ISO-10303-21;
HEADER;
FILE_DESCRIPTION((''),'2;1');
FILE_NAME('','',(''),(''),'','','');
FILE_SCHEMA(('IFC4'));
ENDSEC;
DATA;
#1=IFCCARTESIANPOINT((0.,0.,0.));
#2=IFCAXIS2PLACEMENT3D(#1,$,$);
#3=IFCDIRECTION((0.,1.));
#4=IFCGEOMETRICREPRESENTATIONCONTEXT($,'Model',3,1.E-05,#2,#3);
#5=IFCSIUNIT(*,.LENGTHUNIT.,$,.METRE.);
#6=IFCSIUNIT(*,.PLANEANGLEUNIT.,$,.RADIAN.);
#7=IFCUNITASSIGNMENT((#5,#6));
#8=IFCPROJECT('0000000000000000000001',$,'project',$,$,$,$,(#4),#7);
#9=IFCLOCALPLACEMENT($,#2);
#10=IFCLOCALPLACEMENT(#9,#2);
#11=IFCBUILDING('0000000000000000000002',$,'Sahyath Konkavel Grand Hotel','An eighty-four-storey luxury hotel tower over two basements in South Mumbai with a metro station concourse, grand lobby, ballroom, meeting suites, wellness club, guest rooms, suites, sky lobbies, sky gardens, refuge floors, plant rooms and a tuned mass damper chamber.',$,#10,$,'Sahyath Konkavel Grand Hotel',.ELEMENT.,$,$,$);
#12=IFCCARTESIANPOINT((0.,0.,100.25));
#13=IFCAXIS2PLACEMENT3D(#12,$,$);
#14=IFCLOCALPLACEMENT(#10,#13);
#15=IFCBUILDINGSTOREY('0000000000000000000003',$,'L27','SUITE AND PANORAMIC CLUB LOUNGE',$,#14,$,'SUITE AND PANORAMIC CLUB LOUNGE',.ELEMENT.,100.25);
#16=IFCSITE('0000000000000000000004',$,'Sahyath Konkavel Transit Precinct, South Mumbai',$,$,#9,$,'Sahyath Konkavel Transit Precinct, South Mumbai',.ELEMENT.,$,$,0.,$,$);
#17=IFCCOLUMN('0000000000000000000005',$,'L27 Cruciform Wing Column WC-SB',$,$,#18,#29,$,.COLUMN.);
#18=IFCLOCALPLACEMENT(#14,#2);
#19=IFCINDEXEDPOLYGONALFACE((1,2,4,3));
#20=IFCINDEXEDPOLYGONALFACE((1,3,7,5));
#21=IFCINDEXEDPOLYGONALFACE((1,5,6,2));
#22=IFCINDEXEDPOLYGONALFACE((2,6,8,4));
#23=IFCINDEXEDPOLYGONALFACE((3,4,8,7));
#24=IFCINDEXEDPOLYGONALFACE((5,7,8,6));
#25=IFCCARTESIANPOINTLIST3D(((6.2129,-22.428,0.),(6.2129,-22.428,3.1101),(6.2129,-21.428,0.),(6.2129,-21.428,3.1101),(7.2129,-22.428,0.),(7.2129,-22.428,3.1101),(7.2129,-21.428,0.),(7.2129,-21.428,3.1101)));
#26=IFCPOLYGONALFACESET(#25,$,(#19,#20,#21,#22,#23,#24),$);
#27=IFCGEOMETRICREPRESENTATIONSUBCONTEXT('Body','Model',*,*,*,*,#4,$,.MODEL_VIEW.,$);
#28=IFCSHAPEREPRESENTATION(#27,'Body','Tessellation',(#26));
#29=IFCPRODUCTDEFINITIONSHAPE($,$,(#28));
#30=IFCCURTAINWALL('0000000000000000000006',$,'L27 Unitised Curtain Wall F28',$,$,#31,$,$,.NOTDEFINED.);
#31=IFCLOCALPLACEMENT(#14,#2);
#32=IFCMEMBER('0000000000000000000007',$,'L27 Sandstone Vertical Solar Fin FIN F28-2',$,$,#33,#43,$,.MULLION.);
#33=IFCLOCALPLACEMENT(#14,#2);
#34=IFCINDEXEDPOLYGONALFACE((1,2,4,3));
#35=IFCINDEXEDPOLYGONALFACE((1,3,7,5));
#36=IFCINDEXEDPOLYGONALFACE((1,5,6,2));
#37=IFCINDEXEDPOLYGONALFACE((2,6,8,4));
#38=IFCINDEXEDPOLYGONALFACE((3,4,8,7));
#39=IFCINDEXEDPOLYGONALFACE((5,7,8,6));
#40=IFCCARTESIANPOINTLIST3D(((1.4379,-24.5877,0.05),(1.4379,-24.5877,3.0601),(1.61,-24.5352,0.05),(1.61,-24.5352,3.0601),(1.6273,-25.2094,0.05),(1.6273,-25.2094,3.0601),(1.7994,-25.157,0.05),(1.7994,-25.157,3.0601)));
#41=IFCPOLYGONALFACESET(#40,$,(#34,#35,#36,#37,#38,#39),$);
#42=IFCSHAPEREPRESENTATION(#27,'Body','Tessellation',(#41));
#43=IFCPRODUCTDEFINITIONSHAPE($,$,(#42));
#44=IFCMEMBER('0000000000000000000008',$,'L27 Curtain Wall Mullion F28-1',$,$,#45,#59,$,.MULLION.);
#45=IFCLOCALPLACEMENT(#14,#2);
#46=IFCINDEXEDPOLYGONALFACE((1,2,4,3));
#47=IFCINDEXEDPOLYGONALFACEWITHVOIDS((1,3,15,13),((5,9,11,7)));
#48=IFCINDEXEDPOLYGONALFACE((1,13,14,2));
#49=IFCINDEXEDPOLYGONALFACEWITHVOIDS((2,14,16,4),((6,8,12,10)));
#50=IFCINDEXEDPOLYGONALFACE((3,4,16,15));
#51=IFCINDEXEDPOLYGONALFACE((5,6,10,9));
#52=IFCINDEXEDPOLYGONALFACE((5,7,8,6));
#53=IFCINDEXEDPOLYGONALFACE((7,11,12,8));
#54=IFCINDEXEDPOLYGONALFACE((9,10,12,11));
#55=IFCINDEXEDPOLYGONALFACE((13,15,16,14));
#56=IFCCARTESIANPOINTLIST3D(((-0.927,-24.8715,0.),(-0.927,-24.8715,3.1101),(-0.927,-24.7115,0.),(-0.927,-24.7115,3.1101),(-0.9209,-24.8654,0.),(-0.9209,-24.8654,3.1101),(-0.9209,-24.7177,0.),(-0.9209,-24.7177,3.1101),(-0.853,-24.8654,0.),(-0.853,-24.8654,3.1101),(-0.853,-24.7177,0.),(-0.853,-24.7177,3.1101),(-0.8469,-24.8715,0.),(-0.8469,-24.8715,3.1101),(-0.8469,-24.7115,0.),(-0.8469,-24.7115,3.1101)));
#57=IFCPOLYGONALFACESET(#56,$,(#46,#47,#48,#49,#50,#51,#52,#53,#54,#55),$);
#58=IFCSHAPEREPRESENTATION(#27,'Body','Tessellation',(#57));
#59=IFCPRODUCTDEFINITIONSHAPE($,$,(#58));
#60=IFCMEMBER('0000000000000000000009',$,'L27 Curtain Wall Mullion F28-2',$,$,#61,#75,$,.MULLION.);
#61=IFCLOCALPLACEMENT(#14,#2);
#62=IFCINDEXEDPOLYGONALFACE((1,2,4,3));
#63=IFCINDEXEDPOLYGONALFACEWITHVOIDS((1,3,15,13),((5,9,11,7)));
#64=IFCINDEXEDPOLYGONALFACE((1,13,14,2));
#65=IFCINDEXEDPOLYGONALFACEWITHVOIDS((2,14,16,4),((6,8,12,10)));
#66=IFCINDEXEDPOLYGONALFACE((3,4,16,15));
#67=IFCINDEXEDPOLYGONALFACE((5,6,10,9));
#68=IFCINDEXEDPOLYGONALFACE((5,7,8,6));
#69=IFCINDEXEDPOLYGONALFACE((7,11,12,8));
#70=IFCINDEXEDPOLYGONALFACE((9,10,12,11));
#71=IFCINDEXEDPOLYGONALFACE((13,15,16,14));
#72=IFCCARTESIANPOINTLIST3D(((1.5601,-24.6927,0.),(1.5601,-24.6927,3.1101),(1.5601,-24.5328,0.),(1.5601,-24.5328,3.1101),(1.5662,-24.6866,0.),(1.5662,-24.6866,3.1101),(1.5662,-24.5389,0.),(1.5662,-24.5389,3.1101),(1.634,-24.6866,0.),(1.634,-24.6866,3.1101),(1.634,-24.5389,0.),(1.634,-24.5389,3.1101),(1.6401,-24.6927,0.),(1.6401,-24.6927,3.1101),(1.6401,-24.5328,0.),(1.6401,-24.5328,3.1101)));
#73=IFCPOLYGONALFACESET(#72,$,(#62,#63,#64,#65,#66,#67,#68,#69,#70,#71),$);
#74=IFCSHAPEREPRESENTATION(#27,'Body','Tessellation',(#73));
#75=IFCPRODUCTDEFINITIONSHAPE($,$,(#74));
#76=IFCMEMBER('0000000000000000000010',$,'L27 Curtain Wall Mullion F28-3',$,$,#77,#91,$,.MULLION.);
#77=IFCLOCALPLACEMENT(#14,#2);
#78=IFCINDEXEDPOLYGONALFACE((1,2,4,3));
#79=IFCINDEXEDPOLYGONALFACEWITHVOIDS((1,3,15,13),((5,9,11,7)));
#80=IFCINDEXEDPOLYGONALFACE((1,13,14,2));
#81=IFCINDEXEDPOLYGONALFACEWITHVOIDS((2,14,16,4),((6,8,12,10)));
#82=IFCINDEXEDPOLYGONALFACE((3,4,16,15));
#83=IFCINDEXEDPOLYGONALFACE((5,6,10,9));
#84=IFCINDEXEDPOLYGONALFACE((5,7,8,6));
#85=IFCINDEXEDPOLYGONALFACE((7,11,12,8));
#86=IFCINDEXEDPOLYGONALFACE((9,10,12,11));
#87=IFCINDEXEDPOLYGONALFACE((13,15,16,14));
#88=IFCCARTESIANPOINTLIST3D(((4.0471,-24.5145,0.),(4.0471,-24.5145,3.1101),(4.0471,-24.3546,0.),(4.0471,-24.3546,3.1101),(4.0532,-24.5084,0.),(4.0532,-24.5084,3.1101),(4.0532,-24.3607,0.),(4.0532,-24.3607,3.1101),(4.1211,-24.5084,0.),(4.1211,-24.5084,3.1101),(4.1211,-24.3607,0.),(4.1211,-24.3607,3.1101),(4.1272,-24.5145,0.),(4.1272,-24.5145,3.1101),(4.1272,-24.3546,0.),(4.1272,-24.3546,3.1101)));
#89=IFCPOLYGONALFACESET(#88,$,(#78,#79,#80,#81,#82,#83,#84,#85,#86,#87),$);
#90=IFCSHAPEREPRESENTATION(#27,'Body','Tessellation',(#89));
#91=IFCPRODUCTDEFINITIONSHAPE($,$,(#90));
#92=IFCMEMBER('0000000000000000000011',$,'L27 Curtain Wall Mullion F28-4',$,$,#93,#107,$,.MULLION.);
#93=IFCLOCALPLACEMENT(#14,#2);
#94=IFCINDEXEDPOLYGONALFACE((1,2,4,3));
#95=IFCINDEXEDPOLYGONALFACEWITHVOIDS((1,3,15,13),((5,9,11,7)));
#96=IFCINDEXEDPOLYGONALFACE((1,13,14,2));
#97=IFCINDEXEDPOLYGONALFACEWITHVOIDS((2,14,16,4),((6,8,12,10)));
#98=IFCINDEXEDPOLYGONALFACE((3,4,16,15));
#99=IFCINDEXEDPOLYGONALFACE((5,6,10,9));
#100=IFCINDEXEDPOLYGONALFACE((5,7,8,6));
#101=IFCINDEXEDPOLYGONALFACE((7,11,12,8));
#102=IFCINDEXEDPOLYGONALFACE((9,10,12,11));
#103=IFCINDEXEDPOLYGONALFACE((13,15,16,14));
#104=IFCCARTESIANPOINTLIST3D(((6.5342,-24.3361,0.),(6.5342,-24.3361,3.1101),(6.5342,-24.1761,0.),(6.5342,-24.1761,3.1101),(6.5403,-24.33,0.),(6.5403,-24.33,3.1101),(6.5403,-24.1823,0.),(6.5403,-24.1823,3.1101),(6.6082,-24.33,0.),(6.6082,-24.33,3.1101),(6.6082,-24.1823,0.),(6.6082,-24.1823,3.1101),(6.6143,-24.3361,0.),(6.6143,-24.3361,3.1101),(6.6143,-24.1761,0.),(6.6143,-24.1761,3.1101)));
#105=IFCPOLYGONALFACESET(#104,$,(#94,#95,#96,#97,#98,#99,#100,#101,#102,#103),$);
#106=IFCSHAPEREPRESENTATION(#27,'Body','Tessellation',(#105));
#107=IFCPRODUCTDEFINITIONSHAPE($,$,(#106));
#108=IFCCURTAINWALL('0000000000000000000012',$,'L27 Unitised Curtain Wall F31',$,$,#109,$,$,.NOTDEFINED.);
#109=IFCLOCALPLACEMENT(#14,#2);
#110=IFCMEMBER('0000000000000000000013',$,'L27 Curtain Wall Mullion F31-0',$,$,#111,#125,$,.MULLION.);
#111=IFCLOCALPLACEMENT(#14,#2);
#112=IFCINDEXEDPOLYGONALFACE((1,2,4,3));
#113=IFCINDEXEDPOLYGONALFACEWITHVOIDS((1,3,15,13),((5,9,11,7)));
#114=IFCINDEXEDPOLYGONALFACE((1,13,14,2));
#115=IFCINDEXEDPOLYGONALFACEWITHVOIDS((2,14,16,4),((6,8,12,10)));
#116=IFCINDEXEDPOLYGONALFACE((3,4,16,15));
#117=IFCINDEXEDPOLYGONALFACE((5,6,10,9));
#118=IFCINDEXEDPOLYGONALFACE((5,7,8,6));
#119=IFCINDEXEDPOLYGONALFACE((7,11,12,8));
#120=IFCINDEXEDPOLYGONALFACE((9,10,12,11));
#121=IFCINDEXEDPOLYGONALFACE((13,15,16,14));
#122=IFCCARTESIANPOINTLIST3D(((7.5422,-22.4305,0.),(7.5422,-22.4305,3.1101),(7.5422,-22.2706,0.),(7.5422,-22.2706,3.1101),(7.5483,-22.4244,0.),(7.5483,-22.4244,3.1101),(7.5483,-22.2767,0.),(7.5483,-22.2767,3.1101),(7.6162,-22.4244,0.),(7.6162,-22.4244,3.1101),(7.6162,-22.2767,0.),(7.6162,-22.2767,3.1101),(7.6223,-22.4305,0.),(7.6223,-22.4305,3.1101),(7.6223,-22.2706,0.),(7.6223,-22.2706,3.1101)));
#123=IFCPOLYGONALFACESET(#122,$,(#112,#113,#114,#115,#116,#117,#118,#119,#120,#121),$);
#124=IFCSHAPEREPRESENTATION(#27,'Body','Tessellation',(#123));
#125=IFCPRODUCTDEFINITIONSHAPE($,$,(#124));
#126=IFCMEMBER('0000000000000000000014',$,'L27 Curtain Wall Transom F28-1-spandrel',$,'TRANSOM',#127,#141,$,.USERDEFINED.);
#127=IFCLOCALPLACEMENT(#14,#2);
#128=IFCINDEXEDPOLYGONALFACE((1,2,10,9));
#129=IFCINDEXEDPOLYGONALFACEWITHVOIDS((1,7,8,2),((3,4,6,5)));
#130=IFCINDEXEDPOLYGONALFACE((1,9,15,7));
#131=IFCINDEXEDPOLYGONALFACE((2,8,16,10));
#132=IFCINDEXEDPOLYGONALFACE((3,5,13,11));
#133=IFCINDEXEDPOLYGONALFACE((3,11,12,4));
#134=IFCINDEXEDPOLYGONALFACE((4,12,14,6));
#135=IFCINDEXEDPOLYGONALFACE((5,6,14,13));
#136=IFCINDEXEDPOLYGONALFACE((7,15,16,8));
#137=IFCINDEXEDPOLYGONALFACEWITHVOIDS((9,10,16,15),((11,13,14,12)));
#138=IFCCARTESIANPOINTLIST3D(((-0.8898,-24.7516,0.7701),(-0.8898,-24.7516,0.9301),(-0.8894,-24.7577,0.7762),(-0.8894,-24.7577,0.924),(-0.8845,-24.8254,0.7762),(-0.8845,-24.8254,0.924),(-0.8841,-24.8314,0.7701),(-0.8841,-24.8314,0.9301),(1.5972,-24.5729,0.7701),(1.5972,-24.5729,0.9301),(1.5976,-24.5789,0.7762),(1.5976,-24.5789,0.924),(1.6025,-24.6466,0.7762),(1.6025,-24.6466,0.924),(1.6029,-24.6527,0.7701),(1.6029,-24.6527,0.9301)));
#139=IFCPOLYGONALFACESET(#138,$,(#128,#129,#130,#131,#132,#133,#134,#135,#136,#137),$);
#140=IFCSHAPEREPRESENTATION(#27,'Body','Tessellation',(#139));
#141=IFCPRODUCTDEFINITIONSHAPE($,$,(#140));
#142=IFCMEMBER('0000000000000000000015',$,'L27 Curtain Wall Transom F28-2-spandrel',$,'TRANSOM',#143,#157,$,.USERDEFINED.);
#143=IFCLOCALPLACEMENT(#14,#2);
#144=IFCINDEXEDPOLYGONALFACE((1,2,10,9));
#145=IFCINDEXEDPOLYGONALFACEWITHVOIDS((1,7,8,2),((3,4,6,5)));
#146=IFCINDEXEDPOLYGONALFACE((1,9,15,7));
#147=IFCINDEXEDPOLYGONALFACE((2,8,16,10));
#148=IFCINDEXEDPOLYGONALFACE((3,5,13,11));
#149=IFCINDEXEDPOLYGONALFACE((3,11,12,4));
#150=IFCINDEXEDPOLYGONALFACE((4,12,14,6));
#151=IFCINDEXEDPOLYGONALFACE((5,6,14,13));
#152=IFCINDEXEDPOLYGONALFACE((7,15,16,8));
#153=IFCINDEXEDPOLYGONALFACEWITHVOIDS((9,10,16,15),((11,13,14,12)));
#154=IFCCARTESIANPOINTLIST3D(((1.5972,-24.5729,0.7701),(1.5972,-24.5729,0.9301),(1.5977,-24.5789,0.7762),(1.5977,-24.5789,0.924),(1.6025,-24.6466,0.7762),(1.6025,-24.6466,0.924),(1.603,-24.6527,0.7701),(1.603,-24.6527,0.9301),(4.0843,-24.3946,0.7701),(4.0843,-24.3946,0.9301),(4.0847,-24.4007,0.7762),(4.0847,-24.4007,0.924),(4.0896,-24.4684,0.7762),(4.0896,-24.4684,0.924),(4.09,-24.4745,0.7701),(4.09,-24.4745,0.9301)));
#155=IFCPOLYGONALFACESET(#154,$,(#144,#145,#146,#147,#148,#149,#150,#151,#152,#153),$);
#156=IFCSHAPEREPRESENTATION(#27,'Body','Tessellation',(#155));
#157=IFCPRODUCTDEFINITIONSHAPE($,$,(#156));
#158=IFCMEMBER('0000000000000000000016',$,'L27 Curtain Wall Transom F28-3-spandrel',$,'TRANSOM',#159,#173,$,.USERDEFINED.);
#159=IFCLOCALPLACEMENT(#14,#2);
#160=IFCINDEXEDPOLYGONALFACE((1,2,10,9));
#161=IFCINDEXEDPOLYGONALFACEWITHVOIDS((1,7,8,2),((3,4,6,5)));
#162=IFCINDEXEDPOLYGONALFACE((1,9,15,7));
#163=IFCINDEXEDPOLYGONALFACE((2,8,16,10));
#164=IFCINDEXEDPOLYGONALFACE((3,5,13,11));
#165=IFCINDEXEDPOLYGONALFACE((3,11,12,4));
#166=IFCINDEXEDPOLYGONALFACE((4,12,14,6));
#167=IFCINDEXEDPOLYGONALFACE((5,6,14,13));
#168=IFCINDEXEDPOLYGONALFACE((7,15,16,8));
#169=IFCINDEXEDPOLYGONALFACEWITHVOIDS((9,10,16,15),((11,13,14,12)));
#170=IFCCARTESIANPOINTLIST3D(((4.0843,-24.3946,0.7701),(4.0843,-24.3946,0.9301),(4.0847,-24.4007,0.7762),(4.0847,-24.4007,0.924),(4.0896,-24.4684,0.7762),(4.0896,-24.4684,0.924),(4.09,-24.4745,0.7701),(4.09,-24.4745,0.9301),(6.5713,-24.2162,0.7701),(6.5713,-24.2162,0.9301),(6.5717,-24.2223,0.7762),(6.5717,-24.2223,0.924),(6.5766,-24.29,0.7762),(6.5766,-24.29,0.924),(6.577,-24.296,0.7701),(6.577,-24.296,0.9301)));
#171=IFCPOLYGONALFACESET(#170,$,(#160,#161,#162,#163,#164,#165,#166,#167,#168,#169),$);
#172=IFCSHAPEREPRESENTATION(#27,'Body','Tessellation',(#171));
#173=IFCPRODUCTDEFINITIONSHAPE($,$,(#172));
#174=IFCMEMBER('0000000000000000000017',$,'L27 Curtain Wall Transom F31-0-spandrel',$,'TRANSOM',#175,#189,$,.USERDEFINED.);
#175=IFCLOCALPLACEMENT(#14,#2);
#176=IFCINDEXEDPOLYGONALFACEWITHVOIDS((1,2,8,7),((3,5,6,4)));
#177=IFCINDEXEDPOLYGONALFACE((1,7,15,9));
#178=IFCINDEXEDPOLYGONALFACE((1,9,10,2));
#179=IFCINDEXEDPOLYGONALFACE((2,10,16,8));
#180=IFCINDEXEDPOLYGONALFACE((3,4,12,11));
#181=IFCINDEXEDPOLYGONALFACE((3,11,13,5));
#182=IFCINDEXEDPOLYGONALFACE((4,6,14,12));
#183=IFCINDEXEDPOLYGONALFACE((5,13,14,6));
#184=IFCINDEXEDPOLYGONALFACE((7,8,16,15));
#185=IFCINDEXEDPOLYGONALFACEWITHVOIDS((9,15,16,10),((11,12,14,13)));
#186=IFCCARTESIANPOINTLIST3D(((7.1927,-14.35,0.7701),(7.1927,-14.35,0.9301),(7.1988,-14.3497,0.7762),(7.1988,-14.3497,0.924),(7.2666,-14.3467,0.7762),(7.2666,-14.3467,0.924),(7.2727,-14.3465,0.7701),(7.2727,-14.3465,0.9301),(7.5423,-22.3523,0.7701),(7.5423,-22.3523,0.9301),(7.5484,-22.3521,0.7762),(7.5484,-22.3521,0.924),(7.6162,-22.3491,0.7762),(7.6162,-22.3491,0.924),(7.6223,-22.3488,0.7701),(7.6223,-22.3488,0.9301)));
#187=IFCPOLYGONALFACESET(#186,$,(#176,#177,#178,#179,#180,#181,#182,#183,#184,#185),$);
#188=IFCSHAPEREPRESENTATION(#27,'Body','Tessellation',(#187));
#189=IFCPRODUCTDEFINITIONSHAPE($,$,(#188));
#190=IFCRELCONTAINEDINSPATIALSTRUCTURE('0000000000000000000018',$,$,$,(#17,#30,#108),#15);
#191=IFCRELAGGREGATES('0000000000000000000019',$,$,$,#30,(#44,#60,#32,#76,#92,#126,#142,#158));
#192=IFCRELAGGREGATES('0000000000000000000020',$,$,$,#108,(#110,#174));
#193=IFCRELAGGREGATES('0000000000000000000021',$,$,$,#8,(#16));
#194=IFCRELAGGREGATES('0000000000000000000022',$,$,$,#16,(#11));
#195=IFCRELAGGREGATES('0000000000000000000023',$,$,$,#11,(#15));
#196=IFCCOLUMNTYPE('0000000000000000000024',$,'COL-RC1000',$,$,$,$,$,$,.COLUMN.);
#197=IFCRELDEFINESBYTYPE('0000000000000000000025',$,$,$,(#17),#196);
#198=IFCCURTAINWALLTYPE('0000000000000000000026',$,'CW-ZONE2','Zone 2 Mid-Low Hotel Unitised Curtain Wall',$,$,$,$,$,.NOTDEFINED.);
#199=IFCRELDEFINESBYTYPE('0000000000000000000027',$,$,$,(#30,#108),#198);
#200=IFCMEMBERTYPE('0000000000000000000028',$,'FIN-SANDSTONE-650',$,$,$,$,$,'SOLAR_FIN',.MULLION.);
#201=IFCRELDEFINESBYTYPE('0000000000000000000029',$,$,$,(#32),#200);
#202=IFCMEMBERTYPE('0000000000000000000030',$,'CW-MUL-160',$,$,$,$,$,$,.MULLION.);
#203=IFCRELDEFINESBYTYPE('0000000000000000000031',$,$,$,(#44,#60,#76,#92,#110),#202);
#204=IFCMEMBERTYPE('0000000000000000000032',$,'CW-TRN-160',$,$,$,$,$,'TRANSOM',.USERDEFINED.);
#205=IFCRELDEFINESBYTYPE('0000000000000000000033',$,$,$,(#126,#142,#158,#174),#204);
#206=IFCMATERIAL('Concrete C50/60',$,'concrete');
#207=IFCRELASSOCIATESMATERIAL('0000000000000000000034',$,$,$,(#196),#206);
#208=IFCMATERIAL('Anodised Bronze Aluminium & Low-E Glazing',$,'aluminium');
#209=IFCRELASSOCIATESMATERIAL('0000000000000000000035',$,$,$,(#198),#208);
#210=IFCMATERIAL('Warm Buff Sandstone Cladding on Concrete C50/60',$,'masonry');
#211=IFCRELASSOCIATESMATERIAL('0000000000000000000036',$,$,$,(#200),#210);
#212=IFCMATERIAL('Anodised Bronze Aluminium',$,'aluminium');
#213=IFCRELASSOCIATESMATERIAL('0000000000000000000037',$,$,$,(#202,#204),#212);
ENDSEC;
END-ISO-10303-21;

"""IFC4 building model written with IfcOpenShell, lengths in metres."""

from ifc_helpers import new_model, si_unit, direction, frame, origin, origin_2d, place, context, subcontext, project, spatial, rectangle, hollow_rectangle, extrude, source, transform, mapped, material, material_profile, profile_set, type_object, element, aggregate, save


model = new_model("IFC4")

# Units and contexts
model_context = context("Model", 3, precision=1e-05, world=origin(), true_north=direction((0.0, 1.0)))
body_context = subcontext(model_context, "Body", "Model", "MODEL_VIEW")
ifc_project = project(units=[si_unit("LENGTHUNIT", "METRE"), si_unit("PLANEANGLEUNIT", "RADIAN")], contexts=[model_context])

# Site, building, storey
site_placement = place(None, origin())
site = spatial("IfcSite", under=ifc_project, at=site_placement, Name="Sahyath Konkavel Transit Precinct, South Mumbai", LongName="Sahyath Konkavel Transit Precinct, South Mumbai", CompositionType="ELEMENT", RefElevation=0.0)
building_placement = place(site_placement, origin())
building = spatial("IfcBuilding", under=site, at=building_placement, Name="Sahyath Konkavel Grand Hotel", Description="An eighty-four-storey luxury hotel tower over two basements in South Mumbai with a metro station concourse, grand lobby, ballroom, meeting suites, wellness club, guest rooms, suites, sky lobbies, sky gardens, refuge floors, plant rooms and a tuned mass damper chamber.", LongName="Sahyath Konkavel Grand Hotel", CompositionType="ELEMENT")
storey_placement = place(building_placement, frame((0.0, 0.0, 100.25)))
storey = spatial("IfcBuildingStorey", under=building, at=storey_placement, Name="L27", Description="SUITE AND PANORAMIC CLUB LOUNGE", LongName="SUITE AND PANORAMIC CLUB LOUNGE", CompositionType="ELEMENT", Elevation=100.25)

# Column
ifc_material_1 = material(Name="Concrete C50/60", Category="concrete")
ifc_material_profile_1 = material_profile(ifc_material_1, rectangle(XDim=1.0, YDim=1.0, at=origin_2d()), Name="RC 1000x1000")
ifc_profile_set_1 = profile_set([ifc_material_profile_1], Name="Concrete C50/60")
column_type = type_object("IfcColumnType", Name="COL-RC1000", PredefinedType="COLUMN", material=ifc_profile_set_1)
shared_shape_1 = source(origin(), body_context, "Body", "SweptSolid", [
    extrude(rectangle(XDim=1.0, YDim=1.0, at=origin_2d()), origin(), (0.0, 0.0, 1.0), 3.1101),
])
column_placement = place(storey_placement, frame((6.7129, -21.928, 0.0), z_axis=(0.0, 0.0, 1.0), x_axis=(1.0, 0.0, 0.0)))
element("IfcColumn", 1, at=column_placement, inside=storey, type_object=column_type, Name="L27 Cruciform Wing Column WC-SB", PredefinedType="COLUMN", context=body_context, shape_type="MappedRepresentation", body=[
    mapped(shared_shape_1, transform((0.0, 0.0, 0.0), scale=1.0)),
])

# Curtain wall, members
ifc_material_2 = material(Name="Anodised Bronze Aluminium & Low-E Glazing", Category="aluminium")
curtain_wall_type = type_object("IfcCurtainWallType", Name="CW-ZONE2", Description="Zone 2 Mid-Low Hotel Unitised Curtain Wall", PredefinedType="NOTDEFINED", material=ifc_material_2)
curtain_wall_1_placement = place(storey_placement, origin())
curtain_wall_1 = element("IfcCurtainWall", 2, at=curtain_wall_1_placement, inside=storey, type_object=curtain_wall_type, Name="L27 Unitised Curtain Wall F28", PredefinedType="NOTDEFINED")
ifc_material_3 = material(Name="Warm Buff Sandstone Cladding on Concrete C50/60", Category="masonry")
ifc_material_profile_2 = material_profile(ifc_material_3, rectangle(XDim=0.1799, YDim=0.6499, at=origin_2d()), Name="FIN 180x650")
ifc_profile_set_2 = profile_set([ifc_material_profile_2], Name="Warm Buff Sandstone Cladding on Concrete C50/60")
member_type_1 = type_object("IfcMemberType", Name="FIN-SANDSTONE-650", ElementType="SOLAR_FIN", PredefinedType="MULLION", material=ifc_profile_set_2)
shared_shape_2 = source(origin(), body_context, "Body", "SweptSolid", [
    extrude(rectangle(XDim=0.1799, YDim=0.6499, at=origin_2d()), origin(), (0.0, 0.0, 1.0), 3.01),
])
member_1_placement = place(storey_placement, frame((1.6187, -24.8723, 0.05), z_axis=(0.0, 0.0, 1.0), x_axis=(0.95661, 0.29137, 0.0)))
member_1 = element("IfcMember", 3, at=member_1_placement, type_object=member_type_1, Name="L27 Sandstone Vertical Solar Fin FIN F28-2", PredefinedType="MULLION", context=body_context, shape_type="MappedRepresentation", body=[
    mapped(shared_shape_2, transform((0.0, 0.0, 0.0), scale=1.0)),
])
ifc_material_4 = material(Name="Anodised Bronze Aluminium", Category="aluminium")
ifc_material_profile_3 = material_profile(ifc_material_4, hollow_rectangle(XDim=0.0801, YDim=0.1599, WallThickness=0.0061, at=origin_2d()), Name="RHS 160x80x6")
ifc_profile_set_3 = profile_set([ifc_material_profile_3], Name="Anodised Bronze Aluminium")
member_type_2 = type_object("IfcMemberType", Name="CW-MUL-160", PredefinedType="MULLION", material=ifc_profile_set_3)
shared_shape_3 = source(origin(), body_context, "Body", "SweptSolid", [
    extrude(hollow_rectangle(XDim=0.0801, YDim=0.1599, WallThickness=0.0061, at=origin_2d()), origin(), (0.0, 0.0, 1.0), 3.1101),
])
member_2_placement = place(storey_placement, frame((-0.887, -24.7915, 0.0), z_axis=(0.0, 0.0, 1.0), x_axis=(1.0, 0.0, 0.0)))
member_2 = element("IfcMember", 4, at=member_2_placement, type_object=member_type_2, Name="L27 Curtain Wall Mullion F28-1", PredefinedType="MULLION", context=body_context, shape_type="MappedRepresentation", body=[
    mapped(shared_shape_3, transform((0.0, 0.0, 0.0), scale=1.0)),
])
member_3_placement = place(storey_placement, frame((1.6001, -24.6128, 0.0), z_axis=(0.0, 0.0, 1.0), x_axis=(1.0, 0.0, 0.0)))
member_3 = element("IfcMember", 5, at=member_3_placement, type_object=member_type_2, Name="L27 Curtain Wall Mullion F28-2", PredefinedType="MULLION", context=body_context, shape_type="MappedRepresentation", body=[
    mapped(shared_shape_3, transform((0.0, 0.0, 0.0), scale=1.0)),
])
member_4_placement = place(storey_placement, frame((4.0872, -24.4346, 0.0), z_axis=(0.0, 0.0, 1.0), x_axis=(1.0, 0.0, 0.0)))
member_4 = element("IfcMember", 6, at=member_4_placement, type_object=member_type_2, Name="L27 Curtain Wall Mullion F28-3", PredefinedType="MULLION", context=body_context, shape_type="MappedRepresentation", body=[
    mapped(shared_shape_3, transform((0.0, 0.0, 0.0), scale=1.0)),
])
member_5_placement = place(storey_placement, frame((6.5742, -24.2561, 0.0), z_axis=(0.0, 0.0, 1.0), x_axis=(1.0, 0.0, 0.0)))
member_5 = element("IfcMember", 7, at=member_5_placement, type_object=member_type_2, Name="L27 Curtain Wall Mullion F28-4", PredefinedType="MULLION", context=body_context, shape_type="MappedRepresentation", body=[
    mapped(shared_shape_3, transform((0.0, 0.0, 0.0), scale=1.0)),
])

# Curtain wall, member
curtain_wall_2_placement = place(storey_placement, origin())
curtain_wall_2 = element("IfcCurtainWall", 8, at=curtain_wall_2_placement, inside=storey, type_object=curtain_wall_type, Name="L27 Unitised Curtain Wall F31", PredefinedType="NOTDEFINED")
member_6_placement = place(storey_placement, frame((7.5823, -22.3506, 0.0), z_axis=(0.0, 0.0, 1.0), x_axis=(1.0, 0.0, 0.0)))
member_6 = element("IfcMember", 9, at=member_6_placement, type_object=member_type_2, Name="L27 Curtain Wall Mullion F31-0", PredefinedType="MULLION", context=body_context, shape_type="MappedRepresentation", body=[
    mapped(shared_shape_3, transform((0.0, 0.0, 0.0), scale=1.0)),
])

# Members
ifc_material_profile_4 = material_profile(ifc_material_4, hollow_rectangle(XDim=0.0801, YDim=0.1599, WallThickness=0.0061, at=origin_2d()), Name="RHS 160x80x6")
ifc_profile_set_4 = profile_set([ifc_material_profile_4], Name="Anodised Bronze Aluminium")
member_type_3 = type_object("IfcMemberType", Name="CW-TRN-160", ElementType="TRANSOM", PredefinedType="USERDEFINED", material=ifc_profile_set_4)
shared_shape_4 = source(origin(), body_context, "Body", "SweptSolid", [
    extrude(hollow_rectangle(XDim=0.0801, YDim=0.1599, WallThickness=0.0061, at=origin_2d()), origin(), (0.0, 0.0, 1.0), 2.4934),
])
member_7_placement = place(storey_placement, frame((-0.887, -24.7915, 0.8501), z_axis=(0.997428, 0.071671, 0.0), x_axis=(-0.071671, 0.997428, 0.0)))
member_7 = element("IfcMember", 10, at=member_7_placement, type_object=member_type_3, Name="L27 Curtain Wall Transom F28-1-spandrel", ObjectType="TRANSOM", PredefinedType="USERDEFINED", context=body_context, shape_type="MappedRepresentation", body=[
    mapped(shared_shape_4, transform((0.0, 0.0, 0.0), scale=1.0)),
])
member_8_placement = place(storey_placement, frame((1.6001, -24.6128, 0.8501), z_axis=(0.997442, 0.071477, 0.0), x_axis=(-0.071477, 0.997442, 0.0)))
member_8 = element("IfcMember", 11, at=member_8_placement, type_object=member_type_3, Name="L27 Curtain Wall Transom F28-2-spandrel", ObjectType="TRANSOM", PredefinedType="USERDEFINED", context=body_context, shape_type="MappedRepresentation", body=[
    mapped(shared_shape_4, transform((0.0, 0.0, 0.0), scale=1.0)),
])
member_9_placement = place(storey_placement, frame((4.0872, -24.4346, 0.8501), z_axis=(0.997435, 0.071574, 0.0), x_axis=(-0.071574, 0.997435, 0.0)))
member_9 = element("IfcMember", 12, at=member_9_placement, type_object=member_type_3, Name="L27 Curtain Wall Transom F28-3-spandrel", ObjectType="TRANSOM", PredefinedType="USERDEFINED", context=body_context, shape_type="MappedRepresentation", body=[
    mapped(shared_shape_4, transform((0.0, 0.0, 0.0), scale=1.0)),
])
shared_shape_5 = source(origin(), body_context, "Body", "SweptSolid", [
    extrude(hollow_rectangle(XDim=0.0801, YDim=0.1599, WallThickness=0.0061, at=origin_2d()), origin(), (0.0, 0.0, 1.0), 8.01),
])
member_10_placement = place(storey_placement, frame((7.5823, -22.3506, 0.8501), z_axis=(-0.043646, 0.999047, 0.0), x_axis=(-0.999047, -0.043646, 0.0)))
member_10 = element("IfcMember", 13, at=member_10_placement, type_object=member_type_3, Name="L27 Curtain Wall Transom F31-0-spandrel", ObjectType="TRANSOM", PredefinedType="USERDEFINED", context=body_context, shape_type="MappedRepresentation", body=[
    mapped(shared_shape_5, transform((0.0, 0.0, 0.0), scale=1.0)),
])

aggregate(curtain_wall_1, [member_2, member_3, member_1, member_4, member_5, member_7, member_8, member_9])
aggregate(curtain_wall_2, [member_6, member_10])

save(model, "model.ifc")
